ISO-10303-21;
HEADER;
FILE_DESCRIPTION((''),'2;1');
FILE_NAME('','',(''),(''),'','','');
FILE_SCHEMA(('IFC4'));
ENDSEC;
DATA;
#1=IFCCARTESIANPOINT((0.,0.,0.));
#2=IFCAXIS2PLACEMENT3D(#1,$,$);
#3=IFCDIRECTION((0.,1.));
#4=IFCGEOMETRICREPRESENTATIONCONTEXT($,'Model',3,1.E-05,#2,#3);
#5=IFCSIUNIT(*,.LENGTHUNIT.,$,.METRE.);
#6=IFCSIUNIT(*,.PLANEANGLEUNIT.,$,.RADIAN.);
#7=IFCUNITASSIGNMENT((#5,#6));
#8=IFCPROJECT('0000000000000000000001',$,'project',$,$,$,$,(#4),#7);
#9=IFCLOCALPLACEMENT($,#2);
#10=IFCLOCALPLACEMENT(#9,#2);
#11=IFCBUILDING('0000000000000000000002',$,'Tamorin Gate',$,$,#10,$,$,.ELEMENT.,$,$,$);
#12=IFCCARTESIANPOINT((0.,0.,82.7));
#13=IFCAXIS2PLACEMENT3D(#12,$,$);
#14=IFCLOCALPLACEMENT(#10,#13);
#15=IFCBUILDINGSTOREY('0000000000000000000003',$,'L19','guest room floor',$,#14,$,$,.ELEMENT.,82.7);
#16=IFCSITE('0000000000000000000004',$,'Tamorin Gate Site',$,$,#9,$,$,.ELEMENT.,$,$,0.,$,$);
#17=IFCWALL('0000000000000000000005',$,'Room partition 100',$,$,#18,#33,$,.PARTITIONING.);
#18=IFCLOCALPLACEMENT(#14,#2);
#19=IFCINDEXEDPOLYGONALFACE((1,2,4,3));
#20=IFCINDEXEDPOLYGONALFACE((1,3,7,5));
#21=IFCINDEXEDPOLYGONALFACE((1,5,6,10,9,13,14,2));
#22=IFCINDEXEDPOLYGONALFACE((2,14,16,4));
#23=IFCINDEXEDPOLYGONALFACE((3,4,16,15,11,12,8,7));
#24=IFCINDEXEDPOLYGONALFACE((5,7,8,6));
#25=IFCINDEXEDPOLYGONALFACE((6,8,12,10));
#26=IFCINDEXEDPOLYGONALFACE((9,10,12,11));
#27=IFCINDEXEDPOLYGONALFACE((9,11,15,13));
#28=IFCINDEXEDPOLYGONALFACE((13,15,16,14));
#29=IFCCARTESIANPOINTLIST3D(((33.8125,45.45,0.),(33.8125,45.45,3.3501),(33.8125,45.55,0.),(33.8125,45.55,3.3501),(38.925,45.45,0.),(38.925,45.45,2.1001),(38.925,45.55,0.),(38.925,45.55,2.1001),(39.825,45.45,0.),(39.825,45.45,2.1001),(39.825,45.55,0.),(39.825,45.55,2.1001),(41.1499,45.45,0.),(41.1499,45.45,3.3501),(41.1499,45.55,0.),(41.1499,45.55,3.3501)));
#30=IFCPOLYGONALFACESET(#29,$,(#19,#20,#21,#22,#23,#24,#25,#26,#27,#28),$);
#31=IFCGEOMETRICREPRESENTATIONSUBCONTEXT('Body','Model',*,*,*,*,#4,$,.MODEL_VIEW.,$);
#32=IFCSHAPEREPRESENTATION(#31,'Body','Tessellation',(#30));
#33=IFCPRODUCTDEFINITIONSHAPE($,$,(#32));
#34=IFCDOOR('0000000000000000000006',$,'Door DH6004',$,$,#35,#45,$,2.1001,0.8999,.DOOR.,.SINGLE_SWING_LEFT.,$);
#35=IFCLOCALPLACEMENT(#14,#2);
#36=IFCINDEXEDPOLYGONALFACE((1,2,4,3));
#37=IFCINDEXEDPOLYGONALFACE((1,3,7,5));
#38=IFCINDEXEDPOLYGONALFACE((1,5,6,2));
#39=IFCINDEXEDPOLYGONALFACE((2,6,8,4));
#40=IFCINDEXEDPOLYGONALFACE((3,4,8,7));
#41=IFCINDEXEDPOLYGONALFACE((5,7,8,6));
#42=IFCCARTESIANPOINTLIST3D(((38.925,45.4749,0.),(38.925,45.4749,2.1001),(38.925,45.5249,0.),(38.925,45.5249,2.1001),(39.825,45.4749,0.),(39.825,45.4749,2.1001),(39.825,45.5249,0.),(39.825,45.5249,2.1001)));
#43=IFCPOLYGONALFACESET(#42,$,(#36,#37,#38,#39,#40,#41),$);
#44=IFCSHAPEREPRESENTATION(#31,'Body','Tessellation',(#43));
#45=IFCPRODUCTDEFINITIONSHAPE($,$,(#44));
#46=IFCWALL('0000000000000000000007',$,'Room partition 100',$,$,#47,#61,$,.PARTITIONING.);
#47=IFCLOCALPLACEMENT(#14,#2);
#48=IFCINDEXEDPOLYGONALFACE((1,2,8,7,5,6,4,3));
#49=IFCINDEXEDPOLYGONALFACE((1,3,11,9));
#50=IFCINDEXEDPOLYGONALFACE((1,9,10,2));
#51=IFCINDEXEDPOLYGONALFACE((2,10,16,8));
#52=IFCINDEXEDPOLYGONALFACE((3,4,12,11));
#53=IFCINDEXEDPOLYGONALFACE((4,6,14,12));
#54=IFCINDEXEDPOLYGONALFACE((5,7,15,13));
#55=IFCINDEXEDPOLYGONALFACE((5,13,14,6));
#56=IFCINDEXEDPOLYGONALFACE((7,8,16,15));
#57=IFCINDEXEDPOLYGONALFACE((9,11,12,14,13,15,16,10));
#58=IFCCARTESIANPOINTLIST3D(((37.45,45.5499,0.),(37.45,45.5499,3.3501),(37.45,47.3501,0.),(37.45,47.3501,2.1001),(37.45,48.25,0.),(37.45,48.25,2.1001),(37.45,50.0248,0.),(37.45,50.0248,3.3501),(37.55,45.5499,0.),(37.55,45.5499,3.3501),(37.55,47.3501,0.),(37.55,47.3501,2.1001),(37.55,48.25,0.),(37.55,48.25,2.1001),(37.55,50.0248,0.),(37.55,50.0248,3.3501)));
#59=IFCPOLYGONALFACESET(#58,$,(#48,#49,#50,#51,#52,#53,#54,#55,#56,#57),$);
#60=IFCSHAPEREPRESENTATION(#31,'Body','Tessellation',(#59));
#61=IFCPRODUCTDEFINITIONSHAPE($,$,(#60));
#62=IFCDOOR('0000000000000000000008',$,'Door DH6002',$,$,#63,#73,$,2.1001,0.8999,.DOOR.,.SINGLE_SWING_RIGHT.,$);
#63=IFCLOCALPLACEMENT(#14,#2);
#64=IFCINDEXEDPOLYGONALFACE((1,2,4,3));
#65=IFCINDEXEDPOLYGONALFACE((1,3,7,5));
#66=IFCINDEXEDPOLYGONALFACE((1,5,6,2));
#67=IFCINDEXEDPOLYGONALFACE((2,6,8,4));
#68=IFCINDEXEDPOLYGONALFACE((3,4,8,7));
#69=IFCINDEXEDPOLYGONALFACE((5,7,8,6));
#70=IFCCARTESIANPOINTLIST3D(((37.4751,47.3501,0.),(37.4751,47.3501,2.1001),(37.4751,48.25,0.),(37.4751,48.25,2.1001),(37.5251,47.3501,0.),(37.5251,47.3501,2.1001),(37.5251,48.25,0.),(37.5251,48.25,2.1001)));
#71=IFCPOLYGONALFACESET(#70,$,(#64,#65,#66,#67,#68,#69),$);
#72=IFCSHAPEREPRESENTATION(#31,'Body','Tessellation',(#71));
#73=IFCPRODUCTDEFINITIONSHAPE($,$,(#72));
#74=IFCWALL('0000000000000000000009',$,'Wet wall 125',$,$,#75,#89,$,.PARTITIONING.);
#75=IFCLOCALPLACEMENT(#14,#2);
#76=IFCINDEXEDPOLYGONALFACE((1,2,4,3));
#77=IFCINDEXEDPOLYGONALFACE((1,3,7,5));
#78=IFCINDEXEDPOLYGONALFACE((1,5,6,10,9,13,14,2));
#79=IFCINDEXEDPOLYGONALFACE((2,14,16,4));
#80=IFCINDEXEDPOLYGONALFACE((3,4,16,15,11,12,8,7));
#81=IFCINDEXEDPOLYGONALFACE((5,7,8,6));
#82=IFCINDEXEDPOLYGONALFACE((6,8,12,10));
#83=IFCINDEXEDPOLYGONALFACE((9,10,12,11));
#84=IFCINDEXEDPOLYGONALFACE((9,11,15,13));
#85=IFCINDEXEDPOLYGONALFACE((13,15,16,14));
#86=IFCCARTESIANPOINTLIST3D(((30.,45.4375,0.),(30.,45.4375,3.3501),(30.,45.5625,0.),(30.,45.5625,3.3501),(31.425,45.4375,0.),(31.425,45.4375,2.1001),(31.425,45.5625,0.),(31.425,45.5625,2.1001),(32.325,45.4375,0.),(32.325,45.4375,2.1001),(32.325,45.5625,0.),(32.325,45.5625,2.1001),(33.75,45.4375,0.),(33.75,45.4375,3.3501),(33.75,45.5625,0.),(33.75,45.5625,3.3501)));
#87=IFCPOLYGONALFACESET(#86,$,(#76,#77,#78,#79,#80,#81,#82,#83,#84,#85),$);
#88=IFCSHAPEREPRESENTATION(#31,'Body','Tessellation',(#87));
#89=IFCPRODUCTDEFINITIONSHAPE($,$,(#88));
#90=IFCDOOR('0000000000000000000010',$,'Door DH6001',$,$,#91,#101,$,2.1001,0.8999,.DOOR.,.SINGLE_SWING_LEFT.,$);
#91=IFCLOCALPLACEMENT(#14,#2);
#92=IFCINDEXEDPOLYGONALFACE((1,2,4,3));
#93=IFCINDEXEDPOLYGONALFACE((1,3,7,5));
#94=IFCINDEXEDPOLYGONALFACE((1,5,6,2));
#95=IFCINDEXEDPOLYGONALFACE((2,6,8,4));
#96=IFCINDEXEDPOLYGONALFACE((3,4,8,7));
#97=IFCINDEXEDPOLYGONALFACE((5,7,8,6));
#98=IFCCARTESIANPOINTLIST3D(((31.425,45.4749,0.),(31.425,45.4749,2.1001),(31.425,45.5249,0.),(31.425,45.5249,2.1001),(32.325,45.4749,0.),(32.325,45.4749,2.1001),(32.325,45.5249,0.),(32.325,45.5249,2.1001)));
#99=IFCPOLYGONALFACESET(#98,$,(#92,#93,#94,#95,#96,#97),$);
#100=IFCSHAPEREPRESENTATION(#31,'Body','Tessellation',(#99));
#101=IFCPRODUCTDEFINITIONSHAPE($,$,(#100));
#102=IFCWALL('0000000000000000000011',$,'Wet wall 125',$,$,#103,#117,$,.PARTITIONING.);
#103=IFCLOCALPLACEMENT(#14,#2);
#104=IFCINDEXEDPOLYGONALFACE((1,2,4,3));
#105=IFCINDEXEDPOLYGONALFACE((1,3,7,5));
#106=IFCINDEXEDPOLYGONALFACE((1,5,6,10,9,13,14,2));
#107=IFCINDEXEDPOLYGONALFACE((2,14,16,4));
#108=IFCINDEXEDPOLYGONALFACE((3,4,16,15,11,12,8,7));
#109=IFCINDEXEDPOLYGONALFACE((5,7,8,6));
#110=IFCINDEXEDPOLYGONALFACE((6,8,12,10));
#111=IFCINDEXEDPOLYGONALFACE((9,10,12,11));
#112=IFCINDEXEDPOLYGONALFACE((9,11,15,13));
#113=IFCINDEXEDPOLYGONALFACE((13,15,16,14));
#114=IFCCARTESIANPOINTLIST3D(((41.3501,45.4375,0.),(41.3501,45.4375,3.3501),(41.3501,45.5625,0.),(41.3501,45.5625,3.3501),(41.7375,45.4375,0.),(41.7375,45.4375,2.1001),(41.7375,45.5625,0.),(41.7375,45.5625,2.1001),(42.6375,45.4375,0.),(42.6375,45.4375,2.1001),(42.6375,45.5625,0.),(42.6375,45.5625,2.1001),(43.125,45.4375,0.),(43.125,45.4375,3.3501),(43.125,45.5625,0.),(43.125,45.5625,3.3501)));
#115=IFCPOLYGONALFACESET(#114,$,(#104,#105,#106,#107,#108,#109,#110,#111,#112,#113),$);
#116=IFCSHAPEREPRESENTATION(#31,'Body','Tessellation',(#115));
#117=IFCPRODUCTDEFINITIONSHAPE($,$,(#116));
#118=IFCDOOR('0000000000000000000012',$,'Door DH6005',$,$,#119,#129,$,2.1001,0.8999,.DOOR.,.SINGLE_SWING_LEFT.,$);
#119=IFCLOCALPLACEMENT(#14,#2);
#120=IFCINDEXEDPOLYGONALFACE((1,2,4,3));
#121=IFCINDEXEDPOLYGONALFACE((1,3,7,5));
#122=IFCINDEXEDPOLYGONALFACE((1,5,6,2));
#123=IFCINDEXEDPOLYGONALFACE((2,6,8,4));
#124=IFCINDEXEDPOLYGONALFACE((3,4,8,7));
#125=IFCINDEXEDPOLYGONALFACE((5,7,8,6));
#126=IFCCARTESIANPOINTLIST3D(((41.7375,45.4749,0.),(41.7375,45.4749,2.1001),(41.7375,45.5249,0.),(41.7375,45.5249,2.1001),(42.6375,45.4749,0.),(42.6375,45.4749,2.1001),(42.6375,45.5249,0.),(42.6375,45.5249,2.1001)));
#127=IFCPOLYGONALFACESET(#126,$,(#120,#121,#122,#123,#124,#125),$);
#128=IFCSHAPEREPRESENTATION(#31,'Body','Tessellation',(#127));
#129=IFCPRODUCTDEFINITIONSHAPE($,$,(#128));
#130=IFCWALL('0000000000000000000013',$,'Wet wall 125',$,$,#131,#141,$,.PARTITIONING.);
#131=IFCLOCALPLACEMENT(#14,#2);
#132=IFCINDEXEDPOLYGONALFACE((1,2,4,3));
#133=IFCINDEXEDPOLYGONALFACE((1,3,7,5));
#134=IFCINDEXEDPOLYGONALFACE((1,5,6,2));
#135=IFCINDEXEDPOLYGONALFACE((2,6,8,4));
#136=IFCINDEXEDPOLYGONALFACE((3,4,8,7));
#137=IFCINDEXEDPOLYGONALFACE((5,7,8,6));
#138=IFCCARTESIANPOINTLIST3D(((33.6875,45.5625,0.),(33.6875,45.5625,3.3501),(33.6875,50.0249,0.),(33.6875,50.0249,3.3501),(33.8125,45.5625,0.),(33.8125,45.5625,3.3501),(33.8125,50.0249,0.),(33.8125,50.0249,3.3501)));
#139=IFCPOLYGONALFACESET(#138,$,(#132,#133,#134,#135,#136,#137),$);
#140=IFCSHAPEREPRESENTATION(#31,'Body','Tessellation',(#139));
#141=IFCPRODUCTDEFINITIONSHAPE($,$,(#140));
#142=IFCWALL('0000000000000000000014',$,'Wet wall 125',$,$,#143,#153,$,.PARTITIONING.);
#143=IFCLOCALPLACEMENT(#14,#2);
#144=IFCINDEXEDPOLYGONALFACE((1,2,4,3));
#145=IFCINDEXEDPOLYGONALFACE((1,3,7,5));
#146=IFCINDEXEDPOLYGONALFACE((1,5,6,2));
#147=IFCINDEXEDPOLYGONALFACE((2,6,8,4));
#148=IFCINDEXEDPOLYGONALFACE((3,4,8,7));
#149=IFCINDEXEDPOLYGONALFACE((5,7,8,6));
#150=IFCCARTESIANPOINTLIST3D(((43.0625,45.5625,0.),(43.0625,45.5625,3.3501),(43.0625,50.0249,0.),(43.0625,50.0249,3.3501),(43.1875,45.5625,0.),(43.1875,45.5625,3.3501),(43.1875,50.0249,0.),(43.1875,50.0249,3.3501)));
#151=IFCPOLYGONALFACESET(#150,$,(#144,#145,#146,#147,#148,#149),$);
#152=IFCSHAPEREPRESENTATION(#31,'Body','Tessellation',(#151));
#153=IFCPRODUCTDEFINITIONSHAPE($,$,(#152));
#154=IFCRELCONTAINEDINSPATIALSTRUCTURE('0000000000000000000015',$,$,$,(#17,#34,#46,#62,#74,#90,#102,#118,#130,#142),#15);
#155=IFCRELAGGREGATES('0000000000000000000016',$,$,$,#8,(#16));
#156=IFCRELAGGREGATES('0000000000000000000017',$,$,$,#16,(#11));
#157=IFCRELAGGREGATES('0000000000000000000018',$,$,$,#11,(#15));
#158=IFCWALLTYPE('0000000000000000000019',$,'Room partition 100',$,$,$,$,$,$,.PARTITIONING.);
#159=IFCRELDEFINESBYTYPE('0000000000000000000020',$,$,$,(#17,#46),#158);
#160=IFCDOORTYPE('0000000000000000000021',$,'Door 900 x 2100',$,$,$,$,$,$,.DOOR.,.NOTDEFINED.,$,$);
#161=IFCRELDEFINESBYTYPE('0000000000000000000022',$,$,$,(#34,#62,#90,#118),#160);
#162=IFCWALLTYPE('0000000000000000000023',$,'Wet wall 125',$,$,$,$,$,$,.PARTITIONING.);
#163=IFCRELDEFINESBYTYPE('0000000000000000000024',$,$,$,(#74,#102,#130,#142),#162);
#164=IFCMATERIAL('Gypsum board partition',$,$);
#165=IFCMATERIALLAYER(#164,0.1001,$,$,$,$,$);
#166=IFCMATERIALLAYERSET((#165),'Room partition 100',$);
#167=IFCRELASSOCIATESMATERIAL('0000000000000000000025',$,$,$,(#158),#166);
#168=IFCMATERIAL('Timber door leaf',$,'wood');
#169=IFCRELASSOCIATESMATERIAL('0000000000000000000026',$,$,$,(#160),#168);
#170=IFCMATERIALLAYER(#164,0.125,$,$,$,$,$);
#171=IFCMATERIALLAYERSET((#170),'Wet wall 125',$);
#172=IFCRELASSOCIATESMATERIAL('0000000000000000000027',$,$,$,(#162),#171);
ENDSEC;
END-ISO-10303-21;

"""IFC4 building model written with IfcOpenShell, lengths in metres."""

from ifc_helpers import new_model, si_unit, direction, frame, frame_2d, origin, place, context, subcontext, project, spatial, rectangle, extrude, material, layer, layer_set, type_object, element, fill, save


model = new_model("IFC4")

# Units and contexts
model_context = context("Model", 3, precision=1e-05, world=origin(), true_north=direction((0.0, 1.0)))
body_context = subcontext(model_context, "Body", "Model", "MODEL_VIEW")
ifc_project = project(units=[si_unit("LENGTHUNIT", "METRE"), si_unit("PLANEANGLEUNIT", "RADIAN")], contexts=[model_context])

# Site, building, storey
site_placement = place(None, origin())
site = spatial("IfcSite", under=ifc_project, at=site_placement, Name="Tamorin Gate Site", CompositionType="ELEMENT", RefElevation=0.0)
building_placement = place(site_placement, origin())
building = spatial("IfcBuilding", under=site, at=building_placement, Name="Tamorin Gate", CompositionType="ELEMENT")
storey_placement = place(building_placement, frame((0.0, 0.0, 82.7)))
storey = spatial("IfcBuildingStorey", under=building, at=storey_placement, Name="L19", Description="guest room floor", CompositionType="ELEMENT", Elevation=82.7)

# Shared definitions
ifc_material_1 = material(Name="Gypsum board partition")
ifc_material_2 = material(Name="Timber door leaf", Category="wood")

# Walls, openings, doors
ifc_layer_1 = layer(ifc_material_1, 0.1001)
ifc_layer_set_1 = layer_set([ifc_layer_1], Name="Room partition 100")
wall_type_1 = type_object("IfcWallType", Name="Room partition 100", PredefinedType="PARTITIONING", material=ifc_layer_set_1)
wall_1_placement = place(storey_placement, frame((33.8125, 45.5, 0.0), z_axis=(0.0, 0.0, 1.0), x_axis=(1.0, 0.0, 0.0)))
wall_1 = element("IfcWall", 1, at=wall_1_placement, inside=storey, type_object=wall_type_1, Name="Room partition 100", PredefinedType="PARTITIONING", context=body_context, shape_type="SweptSolid", body=[
    extrude(rectangle(XDim=7.3374, YDim=0.1001, at=frame_2d((3.6687, 0.0))), origin(), (0.0, 0.0, 1.0), 3.3501),
])
opening_1_placement = place(wall_1_placement, frame((5.1125, 0.0, 0.0)))
opening_1 = element("IfcOpeningElement", 2, at=opening_1_placement, cuts=wall_1, PredefinedType="OPENING", context=body_context, shape_type="SweptSolid", body=[
    extrude(rectangle(XDim=0.8999, YDim=2.1001, at=frame_2d((0.45, 1.05))), frame((0.0, 0.0601, 0.0), z_axis=(0.0, -1.0, 0.0), x_axis=(1.0, 0.0, 0.0)), (0.0, 0.0, 1.0), 0.1201),
])
door_type_1 = type_object("IfcDoorType", Name="Door 900 x 2100", OperationType="NOTDEFINED", PredefinedType="DOOR", material=ifc_material_2)
door_1_placement = place(opening_1_placement, origin())
door_1 = element("IfcDoor", 3, at=door_1_placement, inside=storey, type_object=door_type_1, Name="Door DH6004", OperationType="SINGLE_SWING_LEFT", OverallHeight=2.1001, OverallWidth=0.8999, PredefinedType="DOOR", context=body_context, shape_type="SweptSolid", body=[
    extrude(rectangle(XDim=0.8999, YDim=2.1001, at=frame_2d((0.45, 1.05))), frame((0.0, 0.0249, 0.0), z_axis=(0.0, -1.0, 0.0), x_axis=(1.0, 0.0, 0.0)), (0.0, 0.0, 1.0), 0.05),
])
fill(opening_1, door_1)
wall_2_placement = place(storey_placement, frame((37.5, 45.55, 0.0), z_axis=(0.0, 0.0, 1.0), x_axis=(0.0, 1.0, 0.0)))
wall_2 = element("IfcWall", 4, at=wall_2_placement, inside=storey, type_object=wall_type_1, Name="Room partition 100", PredefinedType="PARTITIONING", context=body_context, shape_type="SweptSolid", body=[
    extrude(rectangle(XDim=4.4749, YDim=0.1001, at=frame_2d((2.2373, 0.0))), origin(), (0.0, 0.0, 1.0), 3.3501),
])
opening_2_placement = place(wall_2_placement, frame((1.8, 0.0, 0.0)))
opening_2 = element("IfcOpeningElement", 5, at=opening_2_placement, cuts=wall_2, PredefinedType="OPENING", context=body_context, shape_type="SweptSolid", body=[
    extrude(rectangle(XDim=0.8999, YDim=2.1001, at=frame_2d((0.45, 1.05))), frame((0.0, 0.0601, 0.0), z_axis=(0.0, -1.0, 0.0), x_axis=(1.0, 0.0, 0.0)), (0.0, 0.0, 1.0), 0.1201),
])
door_2_placement = place(opening_2_placement, origin())
door_2 = element("IfcDoor", 6, at=door_2_placement, inside=storey, type_object=door_type_1, Name="Door DH6002", OperationType="SINGLE_SWING_RIGHT", OverallHeight=2.1001, OverallWidth=0.8999, PredefinedType="DOOR", context=body_context, shape_type="SweptSolid", body=[
    extrude(rectangle(XDim=0.8999, YDim=2.1001, at=frame_2d((0.45, 1.05))), frame((0.0, 0.0249, 0.0), z_axis=(0.0, -1.0, 0.0), x_axis=(1.0, 0.0, 0.0)), (0.0, 0.0, 1.0), 0.05),
])
fill(opening_2, door_2)
ifc_layer_2 = layer(ifc_material_1, 0.125)
ifc_layer_set_2 = layer_set([ifc_layer_2], Name="Wet wall 125")
wall_type_2 = type_object("IfcWallType", Name="Wet wall 125", PredefinedType="PARTITIONING", material=ifc_layer_set_2)
wall_3_placement = place(storey_placement, frame((30.0, 45.5, 0.0), z_axis=(0.0, 0.0, 1.0), x_axis=(1.0, 0.0, 0.0)))
wall_3 = element("IfcWall", 7, at=wall_3_placement, inside=storey, type_object=wall_type_2, Name="Wet wall 125", PredefinedType="PARTITIONING", context=body_context, shape_type="SweptSolid", body=[
    extrude(rectangle(XDim=3.75, YDim=0.125, at=frame_2d((1.875, 0.0))), origin(), (0.0, 0.0, 1.0), 3.3501),
])
opening_3_placement = place(wall_3_placement, frame((1.425, 0.0, 0.0)))
opening_3 = element("IfcOpeningElement", 8, at=opening_3_placement, cuts=wall_3, PredefinedType="OPENING", context=body_context, shape_type="SweptSolid", body=[
    extrude(rectangle(XDim=0.8999, YDim=2.1001, at=frame_2d((0.45, 1.05))), frame((0.0, 0.0725, 0.0), z_axis=(0.0, -1.0, 0.0), x_axis=(1.0, 0.0, 0.0)), (0.0, 0.0, 1.0), 0.145),
])
door_3_placement = place(opening_3_placement, origin())
door_3 = element("IfcDoor", 9, at=door_3_placement, inside=storey, type_object=door_type_1, Name="Door DH6001", OperationType="SINGLE_SWING_LEFT", OverallHeight=2.1001, OverallWidth=0.8999, PredefinedType="DOOR", context=body_context, shape_type="SweptSolid", body=[
    extrude(rectangle(XDim=0.8999, YDim=2.1001, at=frame_2d((0.45, 1.05))), frame((0.0, 0.0249, 0.0), z_axis=(0.0, -1.0, 0.0), x_axis=(1.0, 0.0, 0.0)), (0.0, 0.0, 1.0), 0.05),
])
fill(opening_3, door_3)
wall_4_placement = place(storey_placement, frame((41.3501, 45.5, 0.0), z_axis=(0.0, 0.0, 1.0), x_axis=(1.0, 0.0, 0.0)))
wall_4 = element("IfcWall", 10, at=wall_4_placement, inside=storey, type_object=wall_type_2, Name="Wet wall 125", PredefinedType="PARTITIONING", context=body_context, shape_type="SweptSolid", body=[
    extrude(rectangle(XDim=1.7749, YDim=0.125, at=frame_2d((0.8875, 0.0))), origin(), (0.0, 0.0, 1.0), 3.3501),
])
opening_4_placement = place(wall_4_placement, frame((0.3875, 0.0, 0.0)))
opening_4 = element("IfcOpeningElement", 11, at=opening_4_placement, cuts=wall_4, PredefinedType="OPENING", context=body_context, shape_type="SweptSolid", body=[
    extrude(rectangle(XDim=0.8999, YDim=2.1001, at=frame_2d((0.45, 1.05))), frame((0.0, 0.0725, 0.0), z_axis=(0.0, -1.0, 0.0), x_axis=(1.0, 0.0, 0.0)), (0.0, 0.0, 1.0), 0.145),
])
door_4_placement = place(opening_4_placement, origin())
door_4 = element("IfcDoor", 12, at=door_4_placement, inside=storey, type_object=door_type_1, Name="Door DH6005", OperationType="SINGLE_SWING_LEFT", OverallHeight=2.1001, OverallWidth=0.8999, PredefinedType="DOOR", context=body_context, shape_type="SweptSolid", body=[
    extrude(rectangle(XDim=0.8999, YDim=2.1001, at=frame_2d((0.45, 1.05))), frame((0.0, 0.0249, 0.0), z_axis=(0.0, -1.0, 0.0), x_axis=(1.0, 0.0, 0.0)), (0.0, 0.0, 1.0), 0.05),
])
fill(opening_4, door_4)

# Walls
for number, where, z_axis, x_axis, name in (
    (13, (33.75, 45.5625, 0.0), (0.0, 0.0, 1.0), (0.0, 1.0, 0.0), "Wet wall 125"),
    (14, (43.125, 45.5625, 0.0), (0.0, 0.0, 1.0), (0.0, 1.0, 0.0), "Wet wall 125"),
):
    element("IfcWall", number, at=place(storey_placement, frame(where, z_axis=z_axis, x_axis=x_axis)), inside=storey, type_object=wall_type_2, Name=name, PredefinedType="PARTITIONING", context=body_context, shape_type="SweptSolid", body=[
        extrude(rectangle(XDim=4.4624, YDim=0.125, at=frame_2d((2.2312, 0.0))), origin(), (0.0, 0.0, 1.0), 3.3501),
    ])

save(model, "model.ifc")
